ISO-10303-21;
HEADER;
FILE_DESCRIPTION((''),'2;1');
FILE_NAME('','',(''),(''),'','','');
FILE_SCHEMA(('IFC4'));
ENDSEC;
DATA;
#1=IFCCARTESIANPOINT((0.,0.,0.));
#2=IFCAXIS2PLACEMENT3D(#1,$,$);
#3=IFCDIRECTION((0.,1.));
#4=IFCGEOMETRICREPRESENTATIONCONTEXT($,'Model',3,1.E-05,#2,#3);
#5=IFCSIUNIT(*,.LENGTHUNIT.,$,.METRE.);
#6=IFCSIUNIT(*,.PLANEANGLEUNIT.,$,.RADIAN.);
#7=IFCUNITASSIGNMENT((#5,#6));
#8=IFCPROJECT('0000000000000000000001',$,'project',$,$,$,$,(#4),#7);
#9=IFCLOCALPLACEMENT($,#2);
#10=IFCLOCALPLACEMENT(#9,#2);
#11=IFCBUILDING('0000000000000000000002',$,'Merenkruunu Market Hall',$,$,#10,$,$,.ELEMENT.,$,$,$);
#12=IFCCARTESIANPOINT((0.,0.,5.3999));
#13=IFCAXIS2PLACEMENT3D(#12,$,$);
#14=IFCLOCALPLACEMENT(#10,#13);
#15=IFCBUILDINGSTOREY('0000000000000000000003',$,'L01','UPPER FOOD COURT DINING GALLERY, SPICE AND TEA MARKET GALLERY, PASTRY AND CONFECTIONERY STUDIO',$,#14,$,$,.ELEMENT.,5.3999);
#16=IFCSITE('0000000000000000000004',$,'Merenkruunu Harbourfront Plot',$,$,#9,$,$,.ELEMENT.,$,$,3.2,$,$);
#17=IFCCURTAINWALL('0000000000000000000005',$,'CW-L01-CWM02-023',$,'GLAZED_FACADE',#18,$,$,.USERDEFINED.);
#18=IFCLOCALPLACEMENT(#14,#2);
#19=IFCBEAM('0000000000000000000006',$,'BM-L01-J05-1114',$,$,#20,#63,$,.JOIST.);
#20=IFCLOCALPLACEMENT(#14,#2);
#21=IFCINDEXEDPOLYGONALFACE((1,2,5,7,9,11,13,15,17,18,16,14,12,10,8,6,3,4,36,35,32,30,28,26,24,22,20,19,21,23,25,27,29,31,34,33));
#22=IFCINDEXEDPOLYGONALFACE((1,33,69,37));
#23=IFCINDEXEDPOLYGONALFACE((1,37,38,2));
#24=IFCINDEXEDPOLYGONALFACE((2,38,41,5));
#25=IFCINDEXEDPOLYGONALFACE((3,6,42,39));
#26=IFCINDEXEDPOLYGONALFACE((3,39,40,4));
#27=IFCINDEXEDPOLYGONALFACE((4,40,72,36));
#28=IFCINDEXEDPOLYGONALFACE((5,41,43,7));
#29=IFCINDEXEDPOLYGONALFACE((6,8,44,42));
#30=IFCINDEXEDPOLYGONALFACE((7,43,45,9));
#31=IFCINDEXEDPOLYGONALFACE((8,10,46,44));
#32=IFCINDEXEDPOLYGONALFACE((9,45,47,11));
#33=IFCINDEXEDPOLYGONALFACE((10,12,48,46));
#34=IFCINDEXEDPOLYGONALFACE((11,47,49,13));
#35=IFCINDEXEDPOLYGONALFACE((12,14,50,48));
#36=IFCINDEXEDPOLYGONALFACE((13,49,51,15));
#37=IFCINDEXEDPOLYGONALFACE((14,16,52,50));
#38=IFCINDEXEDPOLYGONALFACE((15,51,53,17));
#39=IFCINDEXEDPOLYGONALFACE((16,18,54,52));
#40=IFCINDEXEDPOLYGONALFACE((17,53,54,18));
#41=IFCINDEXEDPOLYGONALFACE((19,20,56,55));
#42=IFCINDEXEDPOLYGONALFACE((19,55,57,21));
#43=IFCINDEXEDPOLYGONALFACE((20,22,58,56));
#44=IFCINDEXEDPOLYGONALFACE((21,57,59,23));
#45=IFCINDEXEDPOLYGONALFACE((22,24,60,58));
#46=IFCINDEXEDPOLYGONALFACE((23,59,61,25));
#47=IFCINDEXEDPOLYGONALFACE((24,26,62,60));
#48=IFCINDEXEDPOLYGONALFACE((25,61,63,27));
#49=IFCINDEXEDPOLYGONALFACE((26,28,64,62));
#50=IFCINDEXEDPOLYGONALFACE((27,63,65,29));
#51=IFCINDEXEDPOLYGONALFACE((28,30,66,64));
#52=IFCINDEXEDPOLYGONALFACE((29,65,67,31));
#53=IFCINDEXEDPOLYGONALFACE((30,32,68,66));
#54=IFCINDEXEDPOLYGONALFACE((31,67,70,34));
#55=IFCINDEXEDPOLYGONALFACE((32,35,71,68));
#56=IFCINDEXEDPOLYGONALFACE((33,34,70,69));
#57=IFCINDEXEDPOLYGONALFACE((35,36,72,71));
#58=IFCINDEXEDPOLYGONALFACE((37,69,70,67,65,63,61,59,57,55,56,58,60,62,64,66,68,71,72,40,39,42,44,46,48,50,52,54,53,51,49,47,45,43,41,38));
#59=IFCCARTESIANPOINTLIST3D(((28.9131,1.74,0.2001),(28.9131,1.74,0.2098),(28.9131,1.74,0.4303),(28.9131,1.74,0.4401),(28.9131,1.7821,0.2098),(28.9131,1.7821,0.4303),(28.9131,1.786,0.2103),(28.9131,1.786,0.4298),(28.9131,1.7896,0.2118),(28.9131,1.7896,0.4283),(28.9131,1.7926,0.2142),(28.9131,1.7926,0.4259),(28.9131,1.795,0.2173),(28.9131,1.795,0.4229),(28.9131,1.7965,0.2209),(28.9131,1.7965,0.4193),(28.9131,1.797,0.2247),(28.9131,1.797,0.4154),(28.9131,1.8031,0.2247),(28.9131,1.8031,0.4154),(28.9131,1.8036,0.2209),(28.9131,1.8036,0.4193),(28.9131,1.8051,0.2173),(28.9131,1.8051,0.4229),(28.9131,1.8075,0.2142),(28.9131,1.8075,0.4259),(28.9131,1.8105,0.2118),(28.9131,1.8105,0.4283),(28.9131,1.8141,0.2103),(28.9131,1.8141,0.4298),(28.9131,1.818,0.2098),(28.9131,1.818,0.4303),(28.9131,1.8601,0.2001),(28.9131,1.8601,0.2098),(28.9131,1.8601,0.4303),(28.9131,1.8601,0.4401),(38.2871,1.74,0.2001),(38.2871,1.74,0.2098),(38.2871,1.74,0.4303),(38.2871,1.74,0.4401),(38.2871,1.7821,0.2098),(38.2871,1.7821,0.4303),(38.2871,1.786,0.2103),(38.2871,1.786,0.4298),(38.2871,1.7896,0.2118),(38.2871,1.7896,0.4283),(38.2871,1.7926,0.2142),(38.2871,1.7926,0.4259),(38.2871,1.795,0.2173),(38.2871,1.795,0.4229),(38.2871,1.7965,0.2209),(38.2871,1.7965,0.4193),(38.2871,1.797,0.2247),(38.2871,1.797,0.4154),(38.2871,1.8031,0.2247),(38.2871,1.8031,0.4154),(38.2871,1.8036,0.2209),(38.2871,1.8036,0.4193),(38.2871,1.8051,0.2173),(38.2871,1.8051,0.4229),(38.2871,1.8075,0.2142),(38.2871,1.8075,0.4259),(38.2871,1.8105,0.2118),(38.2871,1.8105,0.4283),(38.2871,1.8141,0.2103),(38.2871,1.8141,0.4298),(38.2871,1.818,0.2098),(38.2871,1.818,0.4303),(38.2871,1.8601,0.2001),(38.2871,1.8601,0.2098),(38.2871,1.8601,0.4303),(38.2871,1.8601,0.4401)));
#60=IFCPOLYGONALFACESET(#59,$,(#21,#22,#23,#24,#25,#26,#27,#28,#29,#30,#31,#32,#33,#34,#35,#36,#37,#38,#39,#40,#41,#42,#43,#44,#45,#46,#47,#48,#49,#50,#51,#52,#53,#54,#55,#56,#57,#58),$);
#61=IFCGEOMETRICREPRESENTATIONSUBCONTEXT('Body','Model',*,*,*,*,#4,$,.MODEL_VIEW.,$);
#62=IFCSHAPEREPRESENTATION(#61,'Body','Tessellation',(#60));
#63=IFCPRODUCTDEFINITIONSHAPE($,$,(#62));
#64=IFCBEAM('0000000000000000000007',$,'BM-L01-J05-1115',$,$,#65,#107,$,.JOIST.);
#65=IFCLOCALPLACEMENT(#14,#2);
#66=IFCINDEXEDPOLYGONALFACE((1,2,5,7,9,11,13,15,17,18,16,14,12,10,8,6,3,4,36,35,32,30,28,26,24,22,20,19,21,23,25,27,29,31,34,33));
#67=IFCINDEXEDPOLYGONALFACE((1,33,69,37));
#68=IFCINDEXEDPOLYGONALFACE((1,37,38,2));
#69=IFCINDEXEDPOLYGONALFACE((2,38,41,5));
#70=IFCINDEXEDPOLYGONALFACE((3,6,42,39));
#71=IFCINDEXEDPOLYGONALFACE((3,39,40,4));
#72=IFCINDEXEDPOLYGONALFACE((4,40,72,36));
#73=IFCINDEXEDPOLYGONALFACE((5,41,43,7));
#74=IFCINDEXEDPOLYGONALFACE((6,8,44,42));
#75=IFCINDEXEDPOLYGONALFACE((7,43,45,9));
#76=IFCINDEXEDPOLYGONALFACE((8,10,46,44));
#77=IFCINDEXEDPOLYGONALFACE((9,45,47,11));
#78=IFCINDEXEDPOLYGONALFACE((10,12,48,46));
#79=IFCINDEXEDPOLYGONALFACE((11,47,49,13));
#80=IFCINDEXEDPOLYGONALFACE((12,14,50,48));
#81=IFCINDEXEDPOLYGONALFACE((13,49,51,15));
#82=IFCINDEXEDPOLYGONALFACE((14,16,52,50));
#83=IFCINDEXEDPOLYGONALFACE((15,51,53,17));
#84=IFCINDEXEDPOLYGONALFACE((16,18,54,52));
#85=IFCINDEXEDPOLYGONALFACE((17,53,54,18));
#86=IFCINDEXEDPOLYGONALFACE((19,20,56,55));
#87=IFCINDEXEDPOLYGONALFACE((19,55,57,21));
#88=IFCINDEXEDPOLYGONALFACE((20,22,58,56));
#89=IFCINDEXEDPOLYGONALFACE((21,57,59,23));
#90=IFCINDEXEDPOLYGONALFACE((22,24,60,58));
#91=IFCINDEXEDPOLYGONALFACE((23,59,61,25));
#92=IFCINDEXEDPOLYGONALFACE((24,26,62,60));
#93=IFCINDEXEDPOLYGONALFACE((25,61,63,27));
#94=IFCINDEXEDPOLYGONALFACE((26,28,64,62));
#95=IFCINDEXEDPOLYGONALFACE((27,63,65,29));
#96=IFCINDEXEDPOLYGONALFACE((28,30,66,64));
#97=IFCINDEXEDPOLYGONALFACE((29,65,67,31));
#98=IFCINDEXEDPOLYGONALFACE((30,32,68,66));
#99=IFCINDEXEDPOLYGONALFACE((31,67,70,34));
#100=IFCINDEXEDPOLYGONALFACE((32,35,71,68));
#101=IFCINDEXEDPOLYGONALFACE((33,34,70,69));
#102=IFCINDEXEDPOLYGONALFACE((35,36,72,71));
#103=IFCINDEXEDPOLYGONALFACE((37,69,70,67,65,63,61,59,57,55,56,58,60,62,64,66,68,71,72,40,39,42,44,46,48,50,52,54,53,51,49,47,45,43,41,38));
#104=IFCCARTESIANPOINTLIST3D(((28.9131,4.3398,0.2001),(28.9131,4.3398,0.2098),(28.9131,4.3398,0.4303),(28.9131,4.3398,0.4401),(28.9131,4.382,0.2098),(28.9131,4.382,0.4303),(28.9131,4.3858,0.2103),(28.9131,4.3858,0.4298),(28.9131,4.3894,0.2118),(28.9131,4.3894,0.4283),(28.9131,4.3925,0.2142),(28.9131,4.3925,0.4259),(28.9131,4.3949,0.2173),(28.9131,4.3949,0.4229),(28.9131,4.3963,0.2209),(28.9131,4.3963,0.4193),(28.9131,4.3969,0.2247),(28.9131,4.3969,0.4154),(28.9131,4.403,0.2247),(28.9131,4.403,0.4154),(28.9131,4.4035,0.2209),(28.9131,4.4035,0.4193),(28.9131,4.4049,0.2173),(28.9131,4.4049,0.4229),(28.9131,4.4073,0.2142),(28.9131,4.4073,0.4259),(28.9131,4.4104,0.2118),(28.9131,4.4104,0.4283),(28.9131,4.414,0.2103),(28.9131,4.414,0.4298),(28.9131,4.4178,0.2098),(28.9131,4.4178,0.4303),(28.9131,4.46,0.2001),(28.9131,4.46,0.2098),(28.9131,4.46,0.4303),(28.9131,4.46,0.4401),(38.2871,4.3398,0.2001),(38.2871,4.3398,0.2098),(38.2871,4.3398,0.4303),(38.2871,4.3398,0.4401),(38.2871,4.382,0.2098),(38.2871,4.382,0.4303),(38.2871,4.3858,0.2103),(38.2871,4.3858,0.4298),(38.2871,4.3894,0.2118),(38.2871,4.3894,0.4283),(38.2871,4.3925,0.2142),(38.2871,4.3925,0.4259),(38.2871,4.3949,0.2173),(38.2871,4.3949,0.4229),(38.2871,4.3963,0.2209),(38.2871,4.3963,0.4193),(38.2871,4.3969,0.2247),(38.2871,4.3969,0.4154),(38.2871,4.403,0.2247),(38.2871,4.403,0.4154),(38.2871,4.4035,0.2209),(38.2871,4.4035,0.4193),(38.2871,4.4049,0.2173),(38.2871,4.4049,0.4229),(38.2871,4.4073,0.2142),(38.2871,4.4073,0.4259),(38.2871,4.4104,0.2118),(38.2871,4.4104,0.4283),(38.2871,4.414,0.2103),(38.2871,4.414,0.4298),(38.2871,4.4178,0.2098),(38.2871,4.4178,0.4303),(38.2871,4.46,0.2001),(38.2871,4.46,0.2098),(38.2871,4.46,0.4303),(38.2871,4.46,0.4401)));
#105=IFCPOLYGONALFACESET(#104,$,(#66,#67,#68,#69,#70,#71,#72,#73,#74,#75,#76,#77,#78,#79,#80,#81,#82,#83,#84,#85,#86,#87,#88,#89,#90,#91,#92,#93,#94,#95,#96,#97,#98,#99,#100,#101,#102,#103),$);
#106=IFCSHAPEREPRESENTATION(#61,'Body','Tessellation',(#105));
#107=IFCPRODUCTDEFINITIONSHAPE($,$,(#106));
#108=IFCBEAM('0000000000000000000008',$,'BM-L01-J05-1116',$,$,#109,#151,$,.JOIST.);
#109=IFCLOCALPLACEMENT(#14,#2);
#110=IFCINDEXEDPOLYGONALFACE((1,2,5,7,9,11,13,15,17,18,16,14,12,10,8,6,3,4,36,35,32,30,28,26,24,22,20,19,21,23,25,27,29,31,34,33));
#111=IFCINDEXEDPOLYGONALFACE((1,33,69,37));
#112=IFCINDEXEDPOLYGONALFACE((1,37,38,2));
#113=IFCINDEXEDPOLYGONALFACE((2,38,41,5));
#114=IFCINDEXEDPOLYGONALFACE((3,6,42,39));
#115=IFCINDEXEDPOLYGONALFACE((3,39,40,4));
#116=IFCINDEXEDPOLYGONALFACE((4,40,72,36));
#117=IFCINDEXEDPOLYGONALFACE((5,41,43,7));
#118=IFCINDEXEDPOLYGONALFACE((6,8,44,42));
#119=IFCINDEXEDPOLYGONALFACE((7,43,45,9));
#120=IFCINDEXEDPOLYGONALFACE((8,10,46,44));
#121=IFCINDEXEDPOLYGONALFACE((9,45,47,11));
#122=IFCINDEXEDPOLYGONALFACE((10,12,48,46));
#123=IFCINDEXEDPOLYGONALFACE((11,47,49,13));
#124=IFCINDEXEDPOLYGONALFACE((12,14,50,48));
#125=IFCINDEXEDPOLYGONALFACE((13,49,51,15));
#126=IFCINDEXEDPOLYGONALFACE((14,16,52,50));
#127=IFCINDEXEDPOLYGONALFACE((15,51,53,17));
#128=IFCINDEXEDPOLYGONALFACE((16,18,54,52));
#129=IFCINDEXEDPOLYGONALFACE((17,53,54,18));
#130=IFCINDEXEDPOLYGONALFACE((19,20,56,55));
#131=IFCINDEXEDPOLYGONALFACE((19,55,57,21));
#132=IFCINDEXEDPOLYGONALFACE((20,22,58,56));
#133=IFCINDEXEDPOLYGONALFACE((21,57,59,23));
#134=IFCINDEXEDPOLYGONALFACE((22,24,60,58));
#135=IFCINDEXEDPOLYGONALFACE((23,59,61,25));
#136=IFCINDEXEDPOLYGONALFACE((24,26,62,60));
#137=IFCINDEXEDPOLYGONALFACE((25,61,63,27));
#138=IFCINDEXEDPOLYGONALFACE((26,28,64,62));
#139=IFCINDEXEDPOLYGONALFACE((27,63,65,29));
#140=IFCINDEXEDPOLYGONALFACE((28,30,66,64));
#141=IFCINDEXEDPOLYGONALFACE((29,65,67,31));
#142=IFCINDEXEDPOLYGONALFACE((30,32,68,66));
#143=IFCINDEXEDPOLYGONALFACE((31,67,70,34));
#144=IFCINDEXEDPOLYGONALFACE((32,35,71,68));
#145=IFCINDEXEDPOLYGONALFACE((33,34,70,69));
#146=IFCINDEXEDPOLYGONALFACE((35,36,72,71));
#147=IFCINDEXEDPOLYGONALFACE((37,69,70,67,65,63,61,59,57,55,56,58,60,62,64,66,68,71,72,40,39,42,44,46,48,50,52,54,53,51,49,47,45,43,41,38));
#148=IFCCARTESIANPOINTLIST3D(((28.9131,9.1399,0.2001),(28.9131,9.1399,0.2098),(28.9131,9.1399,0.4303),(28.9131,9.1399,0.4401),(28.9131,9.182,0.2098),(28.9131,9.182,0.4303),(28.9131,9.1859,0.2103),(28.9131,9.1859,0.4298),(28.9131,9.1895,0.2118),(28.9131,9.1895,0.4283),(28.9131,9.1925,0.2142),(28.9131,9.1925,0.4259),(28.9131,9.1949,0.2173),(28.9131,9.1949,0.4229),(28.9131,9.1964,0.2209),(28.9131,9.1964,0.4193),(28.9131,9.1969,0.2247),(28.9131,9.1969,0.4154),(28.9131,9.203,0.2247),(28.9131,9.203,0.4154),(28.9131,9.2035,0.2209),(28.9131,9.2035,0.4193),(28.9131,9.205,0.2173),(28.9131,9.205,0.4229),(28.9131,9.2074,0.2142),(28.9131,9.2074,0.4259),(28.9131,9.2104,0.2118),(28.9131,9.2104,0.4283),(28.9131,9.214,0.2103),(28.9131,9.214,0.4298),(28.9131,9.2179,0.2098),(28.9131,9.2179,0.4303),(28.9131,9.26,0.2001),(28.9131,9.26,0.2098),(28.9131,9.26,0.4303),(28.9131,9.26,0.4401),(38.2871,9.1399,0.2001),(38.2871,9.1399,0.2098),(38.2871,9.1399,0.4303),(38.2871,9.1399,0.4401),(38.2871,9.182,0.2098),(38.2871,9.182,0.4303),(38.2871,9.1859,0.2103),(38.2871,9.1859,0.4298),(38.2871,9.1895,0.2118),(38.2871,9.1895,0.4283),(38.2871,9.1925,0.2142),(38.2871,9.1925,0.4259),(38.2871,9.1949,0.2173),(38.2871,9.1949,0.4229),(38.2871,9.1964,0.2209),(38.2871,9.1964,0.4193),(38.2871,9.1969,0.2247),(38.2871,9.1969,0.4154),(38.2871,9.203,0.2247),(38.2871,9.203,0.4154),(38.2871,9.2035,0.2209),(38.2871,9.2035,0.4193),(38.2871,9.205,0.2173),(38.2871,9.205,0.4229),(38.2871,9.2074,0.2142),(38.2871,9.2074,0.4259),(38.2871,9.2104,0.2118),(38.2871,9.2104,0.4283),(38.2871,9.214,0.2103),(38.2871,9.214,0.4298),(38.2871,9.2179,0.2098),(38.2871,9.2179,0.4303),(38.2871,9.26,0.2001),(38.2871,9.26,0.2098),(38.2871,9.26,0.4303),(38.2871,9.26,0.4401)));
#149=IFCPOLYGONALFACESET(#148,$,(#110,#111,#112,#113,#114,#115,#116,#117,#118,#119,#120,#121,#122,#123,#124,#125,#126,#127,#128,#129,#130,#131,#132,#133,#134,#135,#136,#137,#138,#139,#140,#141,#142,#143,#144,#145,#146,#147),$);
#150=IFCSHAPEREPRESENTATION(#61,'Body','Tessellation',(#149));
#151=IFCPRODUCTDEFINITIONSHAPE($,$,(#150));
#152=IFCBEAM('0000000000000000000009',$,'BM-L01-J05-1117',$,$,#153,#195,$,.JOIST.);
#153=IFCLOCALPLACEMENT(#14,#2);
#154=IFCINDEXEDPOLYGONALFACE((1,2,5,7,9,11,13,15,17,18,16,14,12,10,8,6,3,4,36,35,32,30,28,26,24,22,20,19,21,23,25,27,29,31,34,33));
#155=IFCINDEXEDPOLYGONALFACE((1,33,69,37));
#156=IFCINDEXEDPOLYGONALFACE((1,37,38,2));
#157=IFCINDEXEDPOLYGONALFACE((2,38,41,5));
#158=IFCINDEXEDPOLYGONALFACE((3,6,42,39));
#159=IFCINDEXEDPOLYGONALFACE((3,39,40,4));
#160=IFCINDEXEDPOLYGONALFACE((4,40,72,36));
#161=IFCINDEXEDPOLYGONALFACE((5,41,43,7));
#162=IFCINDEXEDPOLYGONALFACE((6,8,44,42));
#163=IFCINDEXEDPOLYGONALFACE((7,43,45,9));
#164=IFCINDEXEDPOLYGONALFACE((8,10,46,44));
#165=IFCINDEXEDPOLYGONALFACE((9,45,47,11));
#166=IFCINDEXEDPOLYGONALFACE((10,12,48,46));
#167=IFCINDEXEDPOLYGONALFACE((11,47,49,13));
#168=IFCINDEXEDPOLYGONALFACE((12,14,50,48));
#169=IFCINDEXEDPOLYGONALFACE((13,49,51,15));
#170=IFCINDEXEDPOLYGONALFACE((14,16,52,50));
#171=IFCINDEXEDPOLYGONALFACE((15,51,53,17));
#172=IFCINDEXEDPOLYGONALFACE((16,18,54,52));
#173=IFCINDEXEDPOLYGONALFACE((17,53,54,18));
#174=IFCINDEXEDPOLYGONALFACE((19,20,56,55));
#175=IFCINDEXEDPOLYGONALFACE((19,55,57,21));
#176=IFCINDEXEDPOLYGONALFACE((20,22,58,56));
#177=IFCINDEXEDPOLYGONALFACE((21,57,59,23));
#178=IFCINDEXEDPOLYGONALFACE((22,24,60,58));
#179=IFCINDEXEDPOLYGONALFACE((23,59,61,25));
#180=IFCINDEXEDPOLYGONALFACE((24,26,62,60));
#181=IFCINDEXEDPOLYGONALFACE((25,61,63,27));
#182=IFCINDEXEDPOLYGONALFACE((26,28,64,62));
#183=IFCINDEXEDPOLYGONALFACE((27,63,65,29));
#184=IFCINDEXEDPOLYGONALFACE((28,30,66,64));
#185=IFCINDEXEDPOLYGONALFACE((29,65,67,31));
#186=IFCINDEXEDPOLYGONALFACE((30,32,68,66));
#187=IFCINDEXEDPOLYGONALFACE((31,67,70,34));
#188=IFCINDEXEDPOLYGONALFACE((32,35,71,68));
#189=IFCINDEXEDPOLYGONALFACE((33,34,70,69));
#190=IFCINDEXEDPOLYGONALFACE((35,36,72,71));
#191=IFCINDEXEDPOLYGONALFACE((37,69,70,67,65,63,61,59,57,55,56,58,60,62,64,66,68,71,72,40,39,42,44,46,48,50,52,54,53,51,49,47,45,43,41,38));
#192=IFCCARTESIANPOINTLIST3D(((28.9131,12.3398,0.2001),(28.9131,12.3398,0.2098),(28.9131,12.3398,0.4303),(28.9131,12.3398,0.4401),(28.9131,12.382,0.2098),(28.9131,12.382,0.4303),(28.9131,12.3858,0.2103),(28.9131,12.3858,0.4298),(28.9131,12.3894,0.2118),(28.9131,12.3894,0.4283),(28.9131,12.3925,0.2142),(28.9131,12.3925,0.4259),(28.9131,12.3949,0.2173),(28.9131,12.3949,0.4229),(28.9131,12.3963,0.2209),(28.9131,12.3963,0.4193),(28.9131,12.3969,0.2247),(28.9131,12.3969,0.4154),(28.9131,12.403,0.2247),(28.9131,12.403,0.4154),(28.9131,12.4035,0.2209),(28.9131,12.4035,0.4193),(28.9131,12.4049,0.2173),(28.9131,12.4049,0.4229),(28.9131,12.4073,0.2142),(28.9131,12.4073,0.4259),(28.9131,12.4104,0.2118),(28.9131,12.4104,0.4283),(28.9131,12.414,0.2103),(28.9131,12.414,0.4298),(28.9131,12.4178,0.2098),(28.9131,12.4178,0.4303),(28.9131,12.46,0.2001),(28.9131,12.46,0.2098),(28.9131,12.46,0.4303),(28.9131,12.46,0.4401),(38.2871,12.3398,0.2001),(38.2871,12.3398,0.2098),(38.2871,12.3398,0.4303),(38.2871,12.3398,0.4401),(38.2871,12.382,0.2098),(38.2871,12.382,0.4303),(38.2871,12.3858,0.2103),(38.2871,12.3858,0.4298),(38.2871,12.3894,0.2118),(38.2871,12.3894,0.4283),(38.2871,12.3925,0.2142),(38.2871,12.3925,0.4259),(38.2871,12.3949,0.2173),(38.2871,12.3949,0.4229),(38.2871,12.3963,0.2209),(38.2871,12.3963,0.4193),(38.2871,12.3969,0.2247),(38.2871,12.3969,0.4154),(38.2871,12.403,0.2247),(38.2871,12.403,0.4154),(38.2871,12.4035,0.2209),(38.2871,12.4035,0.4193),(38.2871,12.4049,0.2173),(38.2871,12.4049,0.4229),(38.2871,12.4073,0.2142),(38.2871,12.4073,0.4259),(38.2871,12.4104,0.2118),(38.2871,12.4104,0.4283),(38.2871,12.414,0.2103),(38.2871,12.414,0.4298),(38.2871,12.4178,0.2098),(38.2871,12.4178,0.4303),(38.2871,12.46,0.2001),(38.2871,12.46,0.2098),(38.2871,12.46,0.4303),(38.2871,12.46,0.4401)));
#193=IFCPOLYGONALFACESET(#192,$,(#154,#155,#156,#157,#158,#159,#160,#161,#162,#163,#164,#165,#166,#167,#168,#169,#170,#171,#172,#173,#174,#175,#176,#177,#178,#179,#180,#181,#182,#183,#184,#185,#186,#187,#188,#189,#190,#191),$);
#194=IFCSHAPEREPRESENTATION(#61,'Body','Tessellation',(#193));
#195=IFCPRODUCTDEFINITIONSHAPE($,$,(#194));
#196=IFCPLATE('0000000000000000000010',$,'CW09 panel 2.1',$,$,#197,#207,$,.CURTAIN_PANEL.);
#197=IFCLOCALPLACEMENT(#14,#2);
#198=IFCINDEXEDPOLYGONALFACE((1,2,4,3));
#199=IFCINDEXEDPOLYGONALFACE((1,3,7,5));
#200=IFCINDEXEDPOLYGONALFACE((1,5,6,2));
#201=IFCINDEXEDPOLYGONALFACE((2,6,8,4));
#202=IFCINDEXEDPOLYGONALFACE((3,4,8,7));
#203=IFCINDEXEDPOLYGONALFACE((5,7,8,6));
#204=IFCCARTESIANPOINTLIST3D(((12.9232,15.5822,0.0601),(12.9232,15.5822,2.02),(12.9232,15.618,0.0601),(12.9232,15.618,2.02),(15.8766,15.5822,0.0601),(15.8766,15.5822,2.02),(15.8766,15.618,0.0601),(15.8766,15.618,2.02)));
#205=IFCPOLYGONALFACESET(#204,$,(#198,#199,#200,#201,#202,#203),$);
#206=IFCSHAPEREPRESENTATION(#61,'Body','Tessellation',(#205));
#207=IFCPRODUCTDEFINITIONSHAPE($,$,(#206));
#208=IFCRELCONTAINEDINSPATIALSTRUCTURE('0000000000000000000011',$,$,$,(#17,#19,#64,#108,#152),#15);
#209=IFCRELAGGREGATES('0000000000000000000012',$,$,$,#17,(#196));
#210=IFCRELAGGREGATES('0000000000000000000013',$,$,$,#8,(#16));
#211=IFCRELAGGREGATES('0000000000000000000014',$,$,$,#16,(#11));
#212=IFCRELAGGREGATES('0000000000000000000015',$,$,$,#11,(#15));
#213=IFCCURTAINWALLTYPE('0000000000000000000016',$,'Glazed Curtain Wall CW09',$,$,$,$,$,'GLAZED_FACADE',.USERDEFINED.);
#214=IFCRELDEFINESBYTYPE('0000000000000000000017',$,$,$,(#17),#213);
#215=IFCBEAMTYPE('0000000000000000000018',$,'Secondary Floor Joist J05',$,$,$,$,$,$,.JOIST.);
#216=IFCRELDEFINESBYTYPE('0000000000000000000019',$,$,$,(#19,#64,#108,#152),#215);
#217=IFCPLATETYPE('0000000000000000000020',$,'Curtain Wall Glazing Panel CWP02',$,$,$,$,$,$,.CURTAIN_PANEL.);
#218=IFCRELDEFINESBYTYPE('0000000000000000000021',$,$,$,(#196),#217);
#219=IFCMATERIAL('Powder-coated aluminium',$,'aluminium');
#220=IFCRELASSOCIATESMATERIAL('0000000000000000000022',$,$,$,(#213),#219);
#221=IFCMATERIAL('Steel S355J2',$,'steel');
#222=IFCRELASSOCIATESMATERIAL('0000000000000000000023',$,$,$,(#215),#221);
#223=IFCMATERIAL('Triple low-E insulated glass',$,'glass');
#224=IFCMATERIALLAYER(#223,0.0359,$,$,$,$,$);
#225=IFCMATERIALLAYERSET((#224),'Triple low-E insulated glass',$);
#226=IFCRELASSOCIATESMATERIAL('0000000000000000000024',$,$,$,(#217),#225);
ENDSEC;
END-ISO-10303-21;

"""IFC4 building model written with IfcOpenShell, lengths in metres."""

from ifc_helpers import new_model, si_unit, direction, frame, origin, origin_2d, place, context, subcontext, project, spatial, rectangle, i_section, extrude, material, layer, layer_set, material_profile, profile_set, type_object, element, aggregate, save


model = new_model("IFC4")

# Units and contexts
model_context = context("Model", 3, precision=1e-05, world=origin(), true_north=direction((0.0, 1.0)))
body_context = subcontext(model_context, "Body", "Model", "MODEL_VIEW")
ifc_project = project(units=[si_unit("LENGTHUNIT", "METRE"), si_unit("PLANEANGLEUNIT", "RADIAN")], contexts=[model_context])

# Site, building, storey
site_placement = place(None, origin())
site = spatial("IfcSite", under=ifc_project, at=site_placement, Name="Merenkruunu Harbourfront Plot", CompositionType="ELEMENT", RefElevation=3.2)
building_placement = place(site_placement, origin())
building = spatial("IfcBuilding", under=site, at=building_placement, Name="Merenkruunu Market Hall", CompositionType="ELEMENT")
storey_placement = place(building_placement, frame((0.0, 0.0, 5.3999)))
storey = spatial("IfcBuildingStorey", under=building, at=storey_placement, Name="L01", Description="UPPER FOOD COURT DINING GALLERY, SPICE AND TEA MARKET GALLERY, PASTRY AND CONFECTIONERY STUDIO", CompositionType="ELEMENT", Elevation=5.3999)

# Curtain wall
ifc_material_1 = material(Name="Powder-coated aluminium", Category="aluminium")
curtain_wall_type = type_object("IfcCurtainWallType", Name="Glazed Curtain Wall CW09", ElementType="GLAZED_FACADE", PredefinedType="USERDEFINED", material=ifc_material_1)
curtain_wall_placement = place(storey_placement, origin())
curtain_wall = element("IfcCurtainWall", 1, at=curtain_wall_placement, inside=storey, type_object=curtain_wall_type, Name="CW-L01-CWM02-023", ObjectType="GLAZED_FACADE", PredefinedType="USERDEFINED")

# Beams
ifc_material_2 = material(Name="Steel S355J2", Category="steel")
ifc_material_profile_1 = material_profile(ifc_material_2, i_section(OverallWidth=0.1201, OverallDepth=0.24, WebThickness=0.0061, FlangeThickness=0.0098, FilletRadius=0.0149, at=origin_2d()), Name="IPE 240")
ifc_profile_set_1 = profile_set([ifc_material_profile_1], Name="Steel S355J2")
beam_type_1 = type_object("IfcBeamType", Name="Secondary Floor Joist J05", PredefinedType="JOIST", material=ifc_profile_set_1)
for number, where, z_axis, x_axis, name in (
    (2, (28.9131, 1.8, 0.3201), (1.0, 0.0, 0.0), (0.0, 1.0, 0.0), "BM-L01-J05-1114"),
    (3, (28.9131, 4.3999, 0.3201), (1.0, 0.0, 0.0), (0.0, 1.0, 0.0), "BM-L01-J05-1115"),
    (4, (28.9131, 9.2, 0.3201), (1.0, 0.0, 0.0), (0.0, 1.0, 0.0), "BM-L01-J05-1116"),
    (5, (28.9131, 12.3999, 0.3201), (1.0, 0.0, 0.0), (0.0, 1.0, 0.0), "BM-L01-J05-1117"),
):
    element("IfcBeam", number, at=place(storey_placement, frame(where, z_axis=z_axis, x_axis=x_axis)), inside=storey, type_object=beam_type_1, Name=name, PredefinedType="JOIST", context=body_context, shape_type="SweptSolid", body=[
        extrude(i_section(OverallWidth=0.1201, OverallDepth=0.24, WebThickness=0.0061, FlangeThickness=0.0098, FilletRadius=0.0149, at=origin_2d()), origin(), (0.0, 0.0, 1.0), 9.374),
    ])

# Plate
ifc_material_3 = material(Name="Triple low-E insulated glass", Category="glass")
ifc_layer_1 = layer(ifc_material_3, 0.0359)
ifc_layer_set_1 = layer_set([ifc_layer_1], Name="Triple low-E insulated glass")
plate_type_1 = type_object("IfcPlateType", Name="Curtain Wall Glazing Panel CWP02", PredefinedType="CURTAIN_PANEL", material=ifc_layer_set_1)
plate_1_placement = place(storey_placement, frame((14.3999, 15.6001, 0.0601), z_axis=(0.0, 0.0, 1.0), x_axis=(-1.0, 0.0, 0.0)))
plate_1 = element("IfcPlate", 6, at=plate_1_placement, type_object=plate_type_1, Name="CW09 panel 2.1", PredefinedType="CURTAIN_PANEL", context=body_context, shape_type="SweptSolid", body=[
    extrude(rectangle(XDim=2.9534, YDim=0.0359, at=origin_2d()), origin(), (0.0, 0.0, 1.0), 1.96),
])
aggregate(curtain_wall, [plate_1])

save(model, "model.ifc")
